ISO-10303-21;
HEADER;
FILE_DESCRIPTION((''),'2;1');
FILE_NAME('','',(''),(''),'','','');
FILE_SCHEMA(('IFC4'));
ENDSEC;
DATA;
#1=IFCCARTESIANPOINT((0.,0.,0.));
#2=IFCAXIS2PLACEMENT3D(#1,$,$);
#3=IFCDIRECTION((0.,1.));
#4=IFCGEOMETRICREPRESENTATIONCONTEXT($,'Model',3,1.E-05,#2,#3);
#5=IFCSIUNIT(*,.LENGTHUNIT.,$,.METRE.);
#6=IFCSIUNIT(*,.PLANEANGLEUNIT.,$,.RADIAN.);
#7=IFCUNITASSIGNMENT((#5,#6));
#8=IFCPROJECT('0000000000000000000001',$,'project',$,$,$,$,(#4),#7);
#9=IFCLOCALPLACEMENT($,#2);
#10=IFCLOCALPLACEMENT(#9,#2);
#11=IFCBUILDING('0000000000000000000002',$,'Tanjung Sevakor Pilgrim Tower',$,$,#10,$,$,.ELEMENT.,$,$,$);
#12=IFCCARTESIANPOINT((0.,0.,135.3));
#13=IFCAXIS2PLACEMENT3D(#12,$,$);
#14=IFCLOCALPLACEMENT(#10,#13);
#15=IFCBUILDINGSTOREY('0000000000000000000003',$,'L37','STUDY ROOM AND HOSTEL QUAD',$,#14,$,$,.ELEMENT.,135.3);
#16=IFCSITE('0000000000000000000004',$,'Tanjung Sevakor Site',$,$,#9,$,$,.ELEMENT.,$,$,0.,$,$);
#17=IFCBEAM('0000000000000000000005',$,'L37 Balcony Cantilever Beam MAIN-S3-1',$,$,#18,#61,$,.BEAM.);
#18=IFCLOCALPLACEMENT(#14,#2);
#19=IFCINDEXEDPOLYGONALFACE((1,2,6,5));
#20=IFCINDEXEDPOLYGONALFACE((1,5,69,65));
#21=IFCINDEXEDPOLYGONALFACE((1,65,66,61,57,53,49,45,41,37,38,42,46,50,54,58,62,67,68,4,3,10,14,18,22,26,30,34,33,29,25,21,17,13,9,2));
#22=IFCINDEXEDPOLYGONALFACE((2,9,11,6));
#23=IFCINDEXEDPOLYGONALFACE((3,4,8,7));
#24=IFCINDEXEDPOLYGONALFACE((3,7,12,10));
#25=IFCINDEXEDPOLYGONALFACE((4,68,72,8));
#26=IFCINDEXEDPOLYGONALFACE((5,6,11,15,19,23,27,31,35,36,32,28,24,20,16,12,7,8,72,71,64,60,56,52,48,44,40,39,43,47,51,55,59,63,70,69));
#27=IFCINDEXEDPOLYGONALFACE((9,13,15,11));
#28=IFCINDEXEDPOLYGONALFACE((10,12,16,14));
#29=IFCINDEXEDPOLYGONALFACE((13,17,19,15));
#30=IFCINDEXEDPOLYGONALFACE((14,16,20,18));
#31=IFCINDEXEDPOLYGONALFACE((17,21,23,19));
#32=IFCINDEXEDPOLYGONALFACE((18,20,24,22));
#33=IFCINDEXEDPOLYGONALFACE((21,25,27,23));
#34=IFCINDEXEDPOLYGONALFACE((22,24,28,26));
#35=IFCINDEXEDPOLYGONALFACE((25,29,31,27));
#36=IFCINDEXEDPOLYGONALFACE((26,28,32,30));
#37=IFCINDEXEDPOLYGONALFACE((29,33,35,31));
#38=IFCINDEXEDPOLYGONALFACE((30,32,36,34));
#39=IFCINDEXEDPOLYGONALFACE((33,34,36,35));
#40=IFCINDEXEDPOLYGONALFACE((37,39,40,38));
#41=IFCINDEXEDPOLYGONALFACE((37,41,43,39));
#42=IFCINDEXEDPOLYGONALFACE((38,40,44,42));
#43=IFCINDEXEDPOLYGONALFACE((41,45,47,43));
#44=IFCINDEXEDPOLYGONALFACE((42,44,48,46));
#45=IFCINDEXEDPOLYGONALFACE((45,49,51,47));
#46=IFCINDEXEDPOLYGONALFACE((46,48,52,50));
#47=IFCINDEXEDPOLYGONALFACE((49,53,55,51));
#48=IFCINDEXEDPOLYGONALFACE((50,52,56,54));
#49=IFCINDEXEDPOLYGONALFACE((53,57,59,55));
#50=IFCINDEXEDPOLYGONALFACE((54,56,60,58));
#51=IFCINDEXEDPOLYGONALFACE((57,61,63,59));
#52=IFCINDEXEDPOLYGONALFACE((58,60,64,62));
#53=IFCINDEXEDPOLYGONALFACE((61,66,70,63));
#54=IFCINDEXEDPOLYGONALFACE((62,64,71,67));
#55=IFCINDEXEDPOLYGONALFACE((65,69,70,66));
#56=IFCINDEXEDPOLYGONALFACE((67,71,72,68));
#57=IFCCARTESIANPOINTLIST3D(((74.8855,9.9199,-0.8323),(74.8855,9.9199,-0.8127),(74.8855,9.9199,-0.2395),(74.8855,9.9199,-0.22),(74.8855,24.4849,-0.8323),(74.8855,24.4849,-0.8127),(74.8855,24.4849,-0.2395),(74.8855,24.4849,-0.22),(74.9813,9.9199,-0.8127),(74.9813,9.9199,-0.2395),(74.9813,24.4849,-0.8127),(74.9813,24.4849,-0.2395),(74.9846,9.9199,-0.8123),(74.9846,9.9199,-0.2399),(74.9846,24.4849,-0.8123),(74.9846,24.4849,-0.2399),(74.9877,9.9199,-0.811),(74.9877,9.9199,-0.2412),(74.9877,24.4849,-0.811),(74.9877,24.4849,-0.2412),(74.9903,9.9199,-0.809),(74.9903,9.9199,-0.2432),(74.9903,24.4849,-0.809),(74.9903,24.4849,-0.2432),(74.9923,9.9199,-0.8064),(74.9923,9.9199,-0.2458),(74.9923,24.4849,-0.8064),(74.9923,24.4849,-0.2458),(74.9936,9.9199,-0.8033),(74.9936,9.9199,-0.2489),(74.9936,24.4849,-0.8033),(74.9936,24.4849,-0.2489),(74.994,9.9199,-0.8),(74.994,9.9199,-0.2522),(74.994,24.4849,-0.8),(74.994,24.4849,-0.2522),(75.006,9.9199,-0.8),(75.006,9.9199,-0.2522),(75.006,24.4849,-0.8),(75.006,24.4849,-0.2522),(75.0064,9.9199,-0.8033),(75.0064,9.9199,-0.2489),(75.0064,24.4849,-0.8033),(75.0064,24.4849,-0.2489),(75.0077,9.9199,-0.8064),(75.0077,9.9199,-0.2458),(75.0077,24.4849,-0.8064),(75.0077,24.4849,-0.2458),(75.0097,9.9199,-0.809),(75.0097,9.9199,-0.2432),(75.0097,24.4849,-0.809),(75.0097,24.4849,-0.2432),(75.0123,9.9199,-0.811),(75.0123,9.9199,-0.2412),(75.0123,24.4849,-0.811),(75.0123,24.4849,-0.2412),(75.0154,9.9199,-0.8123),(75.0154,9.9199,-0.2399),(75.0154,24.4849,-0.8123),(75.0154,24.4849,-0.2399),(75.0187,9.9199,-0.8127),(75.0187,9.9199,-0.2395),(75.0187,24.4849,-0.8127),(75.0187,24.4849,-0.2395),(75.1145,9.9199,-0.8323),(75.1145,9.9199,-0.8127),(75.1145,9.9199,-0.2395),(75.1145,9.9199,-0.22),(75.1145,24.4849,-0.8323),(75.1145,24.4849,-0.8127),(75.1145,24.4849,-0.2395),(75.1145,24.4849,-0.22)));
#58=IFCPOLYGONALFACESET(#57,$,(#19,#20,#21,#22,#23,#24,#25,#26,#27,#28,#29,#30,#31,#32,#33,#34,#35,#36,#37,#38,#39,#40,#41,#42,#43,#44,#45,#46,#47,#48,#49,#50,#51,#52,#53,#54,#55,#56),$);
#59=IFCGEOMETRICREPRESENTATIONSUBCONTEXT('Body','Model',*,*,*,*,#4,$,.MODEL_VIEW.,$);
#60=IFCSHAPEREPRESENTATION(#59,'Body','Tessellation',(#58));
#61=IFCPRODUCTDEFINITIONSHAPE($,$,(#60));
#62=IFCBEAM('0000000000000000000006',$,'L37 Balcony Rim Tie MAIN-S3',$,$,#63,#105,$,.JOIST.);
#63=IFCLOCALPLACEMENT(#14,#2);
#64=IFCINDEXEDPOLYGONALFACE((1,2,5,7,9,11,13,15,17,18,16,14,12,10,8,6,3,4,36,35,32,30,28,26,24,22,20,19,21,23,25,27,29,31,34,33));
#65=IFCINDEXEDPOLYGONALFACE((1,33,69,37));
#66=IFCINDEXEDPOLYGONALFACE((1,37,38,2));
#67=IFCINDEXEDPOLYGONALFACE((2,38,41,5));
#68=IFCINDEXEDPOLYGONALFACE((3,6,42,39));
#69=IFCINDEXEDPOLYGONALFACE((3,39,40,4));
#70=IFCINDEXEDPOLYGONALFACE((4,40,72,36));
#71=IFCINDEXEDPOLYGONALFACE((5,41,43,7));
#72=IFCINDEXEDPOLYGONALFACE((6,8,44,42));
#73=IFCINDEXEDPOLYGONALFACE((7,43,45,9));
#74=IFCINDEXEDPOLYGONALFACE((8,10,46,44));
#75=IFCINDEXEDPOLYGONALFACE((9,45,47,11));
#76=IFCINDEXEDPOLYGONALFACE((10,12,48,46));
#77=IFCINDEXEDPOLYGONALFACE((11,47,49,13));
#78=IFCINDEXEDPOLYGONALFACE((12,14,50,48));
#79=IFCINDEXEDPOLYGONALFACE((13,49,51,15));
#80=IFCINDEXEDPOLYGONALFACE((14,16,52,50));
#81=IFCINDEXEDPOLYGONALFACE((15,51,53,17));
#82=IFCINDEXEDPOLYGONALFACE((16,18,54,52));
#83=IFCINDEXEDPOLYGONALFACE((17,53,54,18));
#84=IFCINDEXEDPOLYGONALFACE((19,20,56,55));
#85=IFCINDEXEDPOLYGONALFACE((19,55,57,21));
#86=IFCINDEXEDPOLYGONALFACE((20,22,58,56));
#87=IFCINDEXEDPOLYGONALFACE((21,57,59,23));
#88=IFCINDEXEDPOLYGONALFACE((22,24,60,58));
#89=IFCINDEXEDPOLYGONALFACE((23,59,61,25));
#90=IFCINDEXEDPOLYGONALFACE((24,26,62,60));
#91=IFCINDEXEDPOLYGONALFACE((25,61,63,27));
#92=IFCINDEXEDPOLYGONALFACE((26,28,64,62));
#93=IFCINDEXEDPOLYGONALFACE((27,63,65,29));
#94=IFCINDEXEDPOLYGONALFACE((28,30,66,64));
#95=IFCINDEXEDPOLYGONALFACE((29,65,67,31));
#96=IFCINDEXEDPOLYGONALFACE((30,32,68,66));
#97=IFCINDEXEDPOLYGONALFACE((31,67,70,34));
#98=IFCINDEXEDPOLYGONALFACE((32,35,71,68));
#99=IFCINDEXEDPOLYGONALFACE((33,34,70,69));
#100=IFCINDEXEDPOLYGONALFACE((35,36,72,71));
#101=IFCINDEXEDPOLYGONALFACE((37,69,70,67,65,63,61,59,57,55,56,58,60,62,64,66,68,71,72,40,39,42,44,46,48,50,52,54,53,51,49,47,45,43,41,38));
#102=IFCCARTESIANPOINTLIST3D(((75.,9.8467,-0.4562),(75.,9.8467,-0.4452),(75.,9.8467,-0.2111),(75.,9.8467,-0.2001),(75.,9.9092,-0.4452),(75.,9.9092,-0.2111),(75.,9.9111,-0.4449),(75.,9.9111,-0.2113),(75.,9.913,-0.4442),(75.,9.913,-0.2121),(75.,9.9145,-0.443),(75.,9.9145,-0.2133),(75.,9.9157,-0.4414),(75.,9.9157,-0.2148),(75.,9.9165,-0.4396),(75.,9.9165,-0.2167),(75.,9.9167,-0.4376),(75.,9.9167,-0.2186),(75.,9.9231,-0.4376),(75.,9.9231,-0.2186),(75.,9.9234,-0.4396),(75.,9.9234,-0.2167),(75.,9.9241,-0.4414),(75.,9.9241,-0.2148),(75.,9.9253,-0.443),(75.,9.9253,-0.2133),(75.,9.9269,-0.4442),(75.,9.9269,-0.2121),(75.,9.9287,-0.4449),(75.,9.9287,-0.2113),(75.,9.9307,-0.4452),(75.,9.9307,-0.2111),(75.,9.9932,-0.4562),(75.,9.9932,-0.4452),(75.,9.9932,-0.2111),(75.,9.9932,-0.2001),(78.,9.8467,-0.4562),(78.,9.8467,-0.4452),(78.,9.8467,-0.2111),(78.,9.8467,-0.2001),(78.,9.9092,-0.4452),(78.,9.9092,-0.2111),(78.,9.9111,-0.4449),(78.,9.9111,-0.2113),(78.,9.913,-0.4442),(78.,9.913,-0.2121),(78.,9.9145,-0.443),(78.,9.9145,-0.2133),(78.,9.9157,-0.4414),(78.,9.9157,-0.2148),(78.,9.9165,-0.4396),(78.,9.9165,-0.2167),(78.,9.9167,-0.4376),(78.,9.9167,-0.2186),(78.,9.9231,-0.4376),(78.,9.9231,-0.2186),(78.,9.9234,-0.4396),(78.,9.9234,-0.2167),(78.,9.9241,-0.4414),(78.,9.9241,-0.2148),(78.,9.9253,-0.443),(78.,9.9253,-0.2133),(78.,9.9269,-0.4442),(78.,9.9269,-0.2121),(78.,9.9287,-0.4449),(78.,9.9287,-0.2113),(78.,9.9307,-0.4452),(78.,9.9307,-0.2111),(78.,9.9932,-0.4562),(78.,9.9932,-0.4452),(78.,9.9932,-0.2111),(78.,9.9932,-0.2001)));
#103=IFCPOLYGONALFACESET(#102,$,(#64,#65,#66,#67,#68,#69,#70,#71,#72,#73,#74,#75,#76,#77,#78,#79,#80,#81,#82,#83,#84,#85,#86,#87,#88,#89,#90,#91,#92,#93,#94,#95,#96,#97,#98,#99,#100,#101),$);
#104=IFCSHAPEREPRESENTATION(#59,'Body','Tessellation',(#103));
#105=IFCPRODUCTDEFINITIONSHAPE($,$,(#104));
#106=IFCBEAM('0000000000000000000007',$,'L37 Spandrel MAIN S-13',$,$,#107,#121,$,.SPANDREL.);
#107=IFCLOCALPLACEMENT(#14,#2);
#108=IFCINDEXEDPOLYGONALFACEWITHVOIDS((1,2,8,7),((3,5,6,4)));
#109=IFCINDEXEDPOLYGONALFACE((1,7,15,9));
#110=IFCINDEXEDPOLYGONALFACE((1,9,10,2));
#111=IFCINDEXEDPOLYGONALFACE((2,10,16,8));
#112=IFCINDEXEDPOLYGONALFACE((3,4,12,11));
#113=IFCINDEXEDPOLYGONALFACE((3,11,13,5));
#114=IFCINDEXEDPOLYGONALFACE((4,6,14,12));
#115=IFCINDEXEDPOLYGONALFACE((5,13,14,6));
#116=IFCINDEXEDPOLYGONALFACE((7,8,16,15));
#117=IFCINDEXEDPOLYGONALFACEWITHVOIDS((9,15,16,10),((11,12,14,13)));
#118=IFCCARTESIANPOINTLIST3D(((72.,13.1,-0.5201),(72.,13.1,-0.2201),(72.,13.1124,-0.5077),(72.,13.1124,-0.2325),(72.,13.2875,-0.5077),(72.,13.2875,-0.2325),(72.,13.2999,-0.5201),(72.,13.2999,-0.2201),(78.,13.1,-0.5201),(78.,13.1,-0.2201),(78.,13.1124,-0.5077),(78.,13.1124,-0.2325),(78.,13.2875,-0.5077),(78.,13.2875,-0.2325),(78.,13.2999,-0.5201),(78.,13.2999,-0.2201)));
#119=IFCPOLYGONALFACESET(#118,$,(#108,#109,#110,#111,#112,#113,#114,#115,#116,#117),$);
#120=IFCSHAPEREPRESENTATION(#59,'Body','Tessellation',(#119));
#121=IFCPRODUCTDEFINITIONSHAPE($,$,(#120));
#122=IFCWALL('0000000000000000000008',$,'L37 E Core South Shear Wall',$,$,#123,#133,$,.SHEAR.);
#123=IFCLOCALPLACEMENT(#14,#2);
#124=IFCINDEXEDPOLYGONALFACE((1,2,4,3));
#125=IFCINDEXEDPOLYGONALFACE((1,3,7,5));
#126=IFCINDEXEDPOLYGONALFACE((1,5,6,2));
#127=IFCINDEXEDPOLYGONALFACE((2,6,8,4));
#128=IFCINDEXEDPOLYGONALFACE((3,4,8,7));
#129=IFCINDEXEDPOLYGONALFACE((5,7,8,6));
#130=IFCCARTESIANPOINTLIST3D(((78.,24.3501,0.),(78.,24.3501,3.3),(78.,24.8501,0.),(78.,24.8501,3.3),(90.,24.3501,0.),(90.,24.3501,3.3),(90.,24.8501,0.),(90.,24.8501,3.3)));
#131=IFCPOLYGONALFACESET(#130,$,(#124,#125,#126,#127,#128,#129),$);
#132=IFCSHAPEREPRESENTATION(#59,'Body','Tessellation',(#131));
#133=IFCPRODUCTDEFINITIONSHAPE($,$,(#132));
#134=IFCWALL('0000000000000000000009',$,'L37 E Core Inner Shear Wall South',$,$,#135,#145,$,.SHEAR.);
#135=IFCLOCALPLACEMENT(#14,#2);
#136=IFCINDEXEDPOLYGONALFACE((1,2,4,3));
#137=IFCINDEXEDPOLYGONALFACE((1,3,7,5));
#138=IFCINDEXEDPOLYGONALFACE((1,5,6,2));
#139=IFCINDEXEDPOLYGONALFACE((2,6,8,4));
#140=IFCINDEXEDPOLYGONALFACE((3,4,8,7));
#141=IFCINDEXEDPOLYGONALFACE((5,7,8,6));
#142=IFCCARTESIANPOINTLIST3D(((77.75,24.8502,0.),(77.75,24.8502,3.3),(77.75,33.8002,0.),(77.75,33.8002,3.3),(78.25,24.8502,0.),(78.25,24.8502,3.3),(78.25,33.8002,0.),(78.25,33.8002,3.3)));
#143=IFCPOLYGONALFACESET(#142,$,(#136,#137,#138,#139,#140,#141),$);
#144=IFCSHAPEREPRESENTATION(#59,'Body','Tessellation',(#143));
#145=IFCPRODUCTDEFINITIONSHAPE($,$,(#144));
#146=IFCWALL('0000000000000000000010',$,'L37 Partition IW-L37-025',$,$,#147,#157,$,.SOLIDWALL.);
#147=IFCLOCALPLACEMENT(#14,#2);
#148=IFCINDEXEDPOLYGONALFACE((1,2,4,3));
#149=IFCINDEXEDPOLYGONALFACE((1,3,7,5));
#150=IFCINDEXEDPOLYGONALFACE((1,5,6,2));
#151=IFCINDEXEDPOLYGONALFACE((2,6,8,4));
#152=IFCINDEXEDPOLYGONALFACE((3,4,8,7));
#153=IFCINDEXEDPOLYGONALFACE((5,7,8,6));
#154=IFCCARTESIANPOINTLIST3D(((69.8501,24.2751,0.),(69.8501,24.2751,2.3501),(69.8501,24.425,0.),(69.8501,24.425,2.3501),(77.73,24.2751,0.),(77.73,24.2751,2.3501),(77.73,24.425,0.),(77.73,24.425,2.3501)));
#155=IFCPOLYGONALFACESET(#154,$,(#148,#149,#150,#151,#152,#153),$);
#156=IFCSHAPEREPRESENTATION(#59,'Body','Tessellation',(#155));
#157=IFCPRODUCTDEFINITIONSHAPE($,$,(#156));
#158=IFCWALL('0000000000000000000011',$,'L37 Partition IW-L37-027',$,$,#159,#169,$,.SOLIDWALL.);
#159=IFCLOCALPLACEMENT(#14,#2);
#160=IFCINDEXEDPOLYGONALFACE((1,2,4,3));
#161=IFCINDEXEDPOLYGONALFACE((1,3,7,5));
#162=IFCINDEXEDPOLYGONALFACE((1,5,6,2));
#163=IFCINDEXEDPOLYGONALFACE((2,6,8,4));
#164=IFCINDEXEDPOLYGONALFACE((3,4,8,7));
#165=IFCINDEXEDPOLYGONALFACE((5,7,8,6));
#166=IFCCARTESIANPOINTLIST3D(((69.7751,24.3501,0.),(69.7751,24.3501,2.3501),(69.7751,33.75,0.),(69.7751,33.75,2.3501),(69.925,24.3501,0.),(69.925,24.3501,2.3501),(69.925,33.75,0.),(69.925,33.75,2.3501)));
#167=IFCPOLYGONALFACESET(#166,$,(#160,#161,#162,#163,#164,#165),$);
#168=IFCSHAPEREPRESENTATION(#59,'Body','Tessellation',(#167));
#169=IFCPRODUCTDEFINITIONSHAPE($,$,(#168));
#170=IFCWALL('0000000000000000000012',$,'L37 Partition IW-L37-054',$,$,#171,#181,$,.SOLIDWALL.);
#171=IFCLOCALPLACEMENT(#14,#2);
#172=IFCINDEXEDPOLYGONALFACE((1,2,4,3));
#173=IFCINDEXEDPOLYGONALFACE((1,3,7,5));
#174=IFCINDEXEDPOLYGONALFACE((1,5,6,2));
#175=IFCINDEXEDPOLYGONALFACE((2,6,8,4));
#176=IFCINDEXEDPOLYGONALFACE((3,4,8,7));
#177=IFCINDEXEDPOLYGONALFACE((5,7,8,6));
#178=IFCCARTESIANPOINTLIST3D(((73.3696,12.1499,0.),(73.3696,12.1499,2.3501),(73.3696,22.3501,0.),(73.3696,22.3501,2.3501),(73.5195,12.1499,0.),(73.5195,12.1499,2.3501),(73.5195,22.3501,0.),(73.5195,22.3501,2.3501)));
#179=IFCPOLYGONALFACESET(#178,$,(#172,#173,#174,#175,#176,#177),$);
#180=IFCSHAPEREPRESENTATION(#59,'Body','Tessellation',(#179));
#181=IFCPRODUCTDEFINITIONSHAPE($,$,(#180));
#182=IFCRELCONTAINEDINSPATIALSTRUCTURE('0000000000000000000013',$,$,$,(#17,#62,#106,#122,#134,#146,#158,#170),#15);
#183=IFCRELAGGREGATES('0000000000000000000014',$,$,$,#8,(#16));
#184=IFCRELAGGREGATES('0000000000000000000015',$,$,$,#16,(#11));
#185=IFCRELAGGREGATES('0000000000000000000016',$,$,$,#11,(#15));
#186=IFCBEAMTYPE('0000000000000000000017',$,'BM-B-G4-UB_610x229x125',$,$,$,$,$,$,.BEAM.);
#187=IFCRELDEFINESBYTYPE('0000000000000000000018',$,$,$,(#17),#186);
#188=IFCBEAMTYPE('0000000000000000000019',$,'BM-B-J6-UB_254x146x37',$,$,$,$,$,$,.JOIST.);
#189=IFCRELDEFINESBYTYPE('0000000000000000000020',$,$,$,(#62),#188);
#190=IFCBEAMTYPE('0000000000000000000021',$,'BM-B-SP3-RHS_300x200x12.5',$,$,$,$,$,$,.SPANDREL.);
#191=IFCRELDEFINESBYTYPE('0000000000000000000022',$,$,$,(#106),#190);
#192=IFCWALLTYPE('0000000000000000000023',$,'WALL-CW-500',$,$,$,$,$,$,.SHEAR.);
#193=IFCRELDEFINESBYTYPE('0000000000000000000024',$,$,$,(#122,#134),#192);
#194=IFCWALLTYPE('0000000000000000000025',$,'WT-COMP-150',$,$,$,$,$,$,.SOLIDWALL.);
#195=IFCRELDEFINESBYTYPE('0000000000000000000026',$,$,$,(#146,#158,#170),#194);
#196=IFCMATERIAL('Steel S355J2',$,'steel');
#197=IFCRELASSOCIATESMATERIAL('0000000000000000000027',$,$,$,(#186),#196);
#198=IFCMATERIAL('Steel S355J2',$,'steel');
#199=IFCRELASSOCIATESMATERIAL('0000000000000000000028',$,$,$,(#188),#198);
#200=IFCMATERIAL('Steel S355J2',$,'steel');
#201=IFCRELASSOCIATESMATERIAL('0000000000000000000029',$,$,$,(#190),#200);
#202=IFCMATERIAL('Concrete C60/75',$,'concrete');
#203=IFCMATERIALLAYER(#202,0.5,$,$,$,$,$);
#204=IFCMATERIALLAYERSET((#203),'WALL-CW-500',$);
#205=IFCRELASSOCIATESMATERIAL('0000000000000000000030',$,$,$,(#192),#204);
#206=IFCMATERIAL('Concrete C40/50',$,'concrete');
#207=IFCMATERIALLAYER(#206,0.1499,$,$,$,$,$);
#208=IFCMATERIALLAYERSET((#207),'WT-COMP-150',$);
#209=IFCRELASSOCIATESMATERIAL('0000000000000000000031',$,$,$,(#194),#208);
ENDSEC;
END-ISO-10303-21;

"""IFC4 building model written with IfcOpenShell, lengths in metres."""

from ifc_helpers import new_model, si_unit, direction, frame, frame_2d, origin, origin_2d, place, context, subcontext, project, spatial, rectangle, hollow_rectangle, i_section, extrude, material, layer, layer_set, material_profile, profile_set, type_object, element, save


model = new_model("IFC4")

# Units and contexts
model_context = context("Model", 3, precision=1e-05, world=origin(), true_north=direction((0.0, 1.0)))
body_context = subcontext(model_context, "Body", "Model", "MODEL_VIEW")
ifc_project = project(units=[si_unit("LENGTHUNIT", "METRE"), si_unit("PLANEANGLEUNIT", "RADIAN")], contexts=[model_context])

# Site, building, storey
site_placement = place(None, origin())
site = spatial("IfcSite", under=ifc_project, at=site_placement, Name="Tanjung Sevakor Site", CompositionType="ELEMENT", RefElevation=0.0)
building_placement = place(site_placement, origin())
building = spatial("IfcBuilding", under=site, at=building_placement, Name="Tanjung Sevakor Pilgrim Tower", CompositionType="ELEMENT")
storey_placement = place(building_placement, frame((0.0, 0.0, 135.3)))
storey = spatial("IfcBuildingStorey", under=building, at=storey_placement, Name="L37", Description="STUDY ROOM AND HOSTEL QUAD", CompositionType="ELEMENT", Elevation=135.3)

# Beams
ifc_material_1 = material(Name="Steel S355J2", Category="steel")
ifc_material_profile_1 = material_profile(ifc_material_1, i_section(OverallWidth=0.229, OverallDepth=0.6123, WebThickness=0.012, FlangeThickness=0.0195, FilletRadius=0.0127, at=origin_2d()))
ifc_profile_set_1 = profile_set([ifc_material_profile_1], Name="Steel S355J2")
beam_type_1 = type_object("IfcBeamType", Name="BM-B-G4-UB_610x229x125", PredefinedType="BEAM", material=ifc_profile_set_1)
beam_1_placement = place(storey_placement, frame((75.0, 24.4849, -0.5261), z_axis=(0.0, -1.0, 0.0), x_axis=(1.0, 0.0, 0.0)))
element("IfcBeam", 1, at=beam_1_placement, inside=storey, type_object=beam_type_1, Name="L37 Balcony Cantilever Beam MAIN-S3-1", PredefinedType="BEAM", context=body_context, shape_type="SweptSolid", body=[
    extrude(i_section(OverallWidth=0.229, OverallDepth=0.6123, WebThickness=0.012, FlangeThickness=0.0195, FilletRadius=0.0127, at=origin_2d()), origin(), (0.0, 0.0, 1.0), 14.5649),
])
ifc_material_2 = material(Name="Steel S355J2", Category="steel")
ifc_material_profile_2 = material_profile(ifc_material_2, i_section(OverallWidth=0.1465, OverallDepth=0.2561, WebThickness=0.0063, FlangeThickness=0.011, FilletRadius=0.0076, at=origin_2d()))
ifc_profile_set_2 = profile_set([ifc_material_profile_2], Name="Steel S355J2")
beam_type_2 = type_object("IfcBeamType", Name="BM-B-J6-UB_254x146x37", PredefinedType="JOIST", material=ifc_profile_set_2)
beam_2_placement = place(storey_placement, frame((75.0, 9.9199, -0.3281), z_axis=(1.0, 0.0, 0.0), x_axis=(0.0, 1.0, 0.0)))
element("IfcBeam", 2, at=beam_2_placement, inside=storey, type_object=beam_type_2, Name="L37 Balcony Rim Tie MAIN-S3", PredefinedType="JOIST", context=body_context, shape_type="SweptSolid", body=[
    extrude(i_section(OverallWidth=0.1465, OverallDepth=0.2561, WebThickness=0.0063, FlangeThickness=0.011, FilletRadius=0.0076, at=origin_2d()), origin(), (0.0, 0.0, 1.0), 3.0),
])
ifc_material_3 = material(Name="Steel S355J2", Category="steel")
ifc_material_profile_3 = material_profile(ifc_material_3, hollow_rectangle(XDim=0.2, YDim=0.3, WallThickness=0.0125, at=origin_2d()))
ifc_profile_set_3 = profile_set([ifc_material_profile_3], Name="Steel S355J2")
beam_type_3 = type_object("IfcBeamType", Name="BM-B-SP3-RHS_300x200x12.5", PredefinedType="SPANDREL", material=ifc_profile_set_3)
beam_3_placement = place(storey_placement, frame((72.0, 13.2, -0.3701), z_axis=(1.0, 0.0, 0.0), x_axis=(0.0, 1.0, 0.0)))
element("IfcBeam", 3, at=beam_3_placement, inside=storey, type_object=beam_type_3, Name="L37 Spandrel MAIN S-13", PredefinedType="SPANDREL", context=body_context, shape_type="SweptSolid", body=[
    extrude(hollow_rectangle(XDim=0.2, YDim=0.3, WallThickness=0.0125, at=origin_2d()), origin(), (0.0, 0.0, 1.0), 6.0),
])

# Walls
ifc_material_4 = material(Name="Concrete C60/75", Category="concrete")
ifc_layer_1 = layer(ifc_material_4, 0.5)
ifc_layer_set_1 = layer_set([ifc_layer_1], Name="WALL-CW-500")
wall_type_1 = type_object("IfcWallType", Name="WALL-CW-500", PredefinedType="SHEAR", material=ifc_layer_set_1)
wall_1_placement = place(storey_placement, frame((78.0, 24.6001, 0.0), z_axis=(0.0, 0.0, 1.0), x_axis=(1.0, 0.0, 0.0)))
element("IfcWall", 4, at=wall_1_placement, inside=storey, type_object=wall_type_1, Name="L37 E Core South Shear Wall", PredefinedType="SHEAR", context=body_context, shape_type="SweptSolid", body=[
    extrude(rectangle(XDim=12.0, YDim=0.5, at=frame_2d((6.0, 0.0))), origin(), (0.0, 0.0, 1.0), 3.3),
])
wall_2_placement = place(storey_placement, frame((78.0, 24.8501, 0.0), z_axis=(0.0, 0.0, 1.0), x_axis=(0.0, 1.0, 0.0)))
element("IfcWall", 5, at=wall_2_placement, inside=storey, type_object=wall_type_1, Name="L37 E Core Inner Shear Wall South", PredefinedType="SHEAR", context=body_context, shape_type="SweptSolid", body=[
    extrude(rectangle(XDim=8.95, YDim=0.5, at=frame_2d((4.4751, 0.0))), origin(), (0.0, 0.0, 1.0), 3.3),
])
ifc_material_5 = material(Name="Concrete C40/50", Category="concrete")
ifc_layer_2 = layer(ifc_material_5, 0.1499)
ifc_layer_set_2 = layer_set([ifc_layer_2], Name="WT-COMP-150")
wall_type_2 = type_object("IfcWallType", Name="WT-COMP-150", PredefinedType="SOLIDWALL", material=ifc_layer_set_2)
wall_3_placement = place(storey_placement, frame((69.8501, 24.3501, 0.0), z_axis=(0.0, 0.0, 1.0), x_axis=(1.0, 0.0, 0.0)))
element("IfcWall", 6, at=wall_3_placement, inside=storey, type_object=wall_type_2, Name="L37 Partition IW-L37-025", PredefinedType="SOLIDWALL", context=body_context, shape_type="SweptSolid", body=[
    extrude(rectangle(XDim=7.8799, YDim=0.1499, at=frame_2d((3.9399, 0.0))), origin(), (0.0, 0.0, 1.0), 2.3501),
])
wall_4_placement = place(storey_placement, frame((69.8501, 24.3501, 0.0), z_axis=(0.0, 0.0, 1.0), x_axis=(0.0, 1.0, 0.0)))
element("IfcWall", 7, at=wall_4_placement, inside=storey, type_object=wall_type_2, Name="L37 Partition IW-L37-027", PredefinedType="SOLIDWALL", context=body_context, shape_type="SweptSolid", body=[
    extrude(rectangle(XDim=9.3999, YDim=0.1499, at=frame_2d((4.7, 0.0))), origin(), (0.0, 0.0, 1.0), 2.3501),
])
wall_5_placement = place(storey_placement, frame((73.4446, 12.1499, 0.0), z_axis=(0.0, 0.0, 1.0), x_axis=(0.0, 1.0, 0.0)))
element("IfcWall", 8, at=wall_5_placement, inside=storey, type_object=wall_type_2, Name="L37 Partition IW-L37-054", PredefinedType="SOLIDWALL", context=body_context, shape_type="SweptSolid", body=[
    extrude(rectangle(XDim=10.2002, YDim=0.1499, at=frame_2d((5.1001, 0.0))), origin(), (0.0, 0.0, 1.0), 2.3501),
])

save(model, "model.ifc")
